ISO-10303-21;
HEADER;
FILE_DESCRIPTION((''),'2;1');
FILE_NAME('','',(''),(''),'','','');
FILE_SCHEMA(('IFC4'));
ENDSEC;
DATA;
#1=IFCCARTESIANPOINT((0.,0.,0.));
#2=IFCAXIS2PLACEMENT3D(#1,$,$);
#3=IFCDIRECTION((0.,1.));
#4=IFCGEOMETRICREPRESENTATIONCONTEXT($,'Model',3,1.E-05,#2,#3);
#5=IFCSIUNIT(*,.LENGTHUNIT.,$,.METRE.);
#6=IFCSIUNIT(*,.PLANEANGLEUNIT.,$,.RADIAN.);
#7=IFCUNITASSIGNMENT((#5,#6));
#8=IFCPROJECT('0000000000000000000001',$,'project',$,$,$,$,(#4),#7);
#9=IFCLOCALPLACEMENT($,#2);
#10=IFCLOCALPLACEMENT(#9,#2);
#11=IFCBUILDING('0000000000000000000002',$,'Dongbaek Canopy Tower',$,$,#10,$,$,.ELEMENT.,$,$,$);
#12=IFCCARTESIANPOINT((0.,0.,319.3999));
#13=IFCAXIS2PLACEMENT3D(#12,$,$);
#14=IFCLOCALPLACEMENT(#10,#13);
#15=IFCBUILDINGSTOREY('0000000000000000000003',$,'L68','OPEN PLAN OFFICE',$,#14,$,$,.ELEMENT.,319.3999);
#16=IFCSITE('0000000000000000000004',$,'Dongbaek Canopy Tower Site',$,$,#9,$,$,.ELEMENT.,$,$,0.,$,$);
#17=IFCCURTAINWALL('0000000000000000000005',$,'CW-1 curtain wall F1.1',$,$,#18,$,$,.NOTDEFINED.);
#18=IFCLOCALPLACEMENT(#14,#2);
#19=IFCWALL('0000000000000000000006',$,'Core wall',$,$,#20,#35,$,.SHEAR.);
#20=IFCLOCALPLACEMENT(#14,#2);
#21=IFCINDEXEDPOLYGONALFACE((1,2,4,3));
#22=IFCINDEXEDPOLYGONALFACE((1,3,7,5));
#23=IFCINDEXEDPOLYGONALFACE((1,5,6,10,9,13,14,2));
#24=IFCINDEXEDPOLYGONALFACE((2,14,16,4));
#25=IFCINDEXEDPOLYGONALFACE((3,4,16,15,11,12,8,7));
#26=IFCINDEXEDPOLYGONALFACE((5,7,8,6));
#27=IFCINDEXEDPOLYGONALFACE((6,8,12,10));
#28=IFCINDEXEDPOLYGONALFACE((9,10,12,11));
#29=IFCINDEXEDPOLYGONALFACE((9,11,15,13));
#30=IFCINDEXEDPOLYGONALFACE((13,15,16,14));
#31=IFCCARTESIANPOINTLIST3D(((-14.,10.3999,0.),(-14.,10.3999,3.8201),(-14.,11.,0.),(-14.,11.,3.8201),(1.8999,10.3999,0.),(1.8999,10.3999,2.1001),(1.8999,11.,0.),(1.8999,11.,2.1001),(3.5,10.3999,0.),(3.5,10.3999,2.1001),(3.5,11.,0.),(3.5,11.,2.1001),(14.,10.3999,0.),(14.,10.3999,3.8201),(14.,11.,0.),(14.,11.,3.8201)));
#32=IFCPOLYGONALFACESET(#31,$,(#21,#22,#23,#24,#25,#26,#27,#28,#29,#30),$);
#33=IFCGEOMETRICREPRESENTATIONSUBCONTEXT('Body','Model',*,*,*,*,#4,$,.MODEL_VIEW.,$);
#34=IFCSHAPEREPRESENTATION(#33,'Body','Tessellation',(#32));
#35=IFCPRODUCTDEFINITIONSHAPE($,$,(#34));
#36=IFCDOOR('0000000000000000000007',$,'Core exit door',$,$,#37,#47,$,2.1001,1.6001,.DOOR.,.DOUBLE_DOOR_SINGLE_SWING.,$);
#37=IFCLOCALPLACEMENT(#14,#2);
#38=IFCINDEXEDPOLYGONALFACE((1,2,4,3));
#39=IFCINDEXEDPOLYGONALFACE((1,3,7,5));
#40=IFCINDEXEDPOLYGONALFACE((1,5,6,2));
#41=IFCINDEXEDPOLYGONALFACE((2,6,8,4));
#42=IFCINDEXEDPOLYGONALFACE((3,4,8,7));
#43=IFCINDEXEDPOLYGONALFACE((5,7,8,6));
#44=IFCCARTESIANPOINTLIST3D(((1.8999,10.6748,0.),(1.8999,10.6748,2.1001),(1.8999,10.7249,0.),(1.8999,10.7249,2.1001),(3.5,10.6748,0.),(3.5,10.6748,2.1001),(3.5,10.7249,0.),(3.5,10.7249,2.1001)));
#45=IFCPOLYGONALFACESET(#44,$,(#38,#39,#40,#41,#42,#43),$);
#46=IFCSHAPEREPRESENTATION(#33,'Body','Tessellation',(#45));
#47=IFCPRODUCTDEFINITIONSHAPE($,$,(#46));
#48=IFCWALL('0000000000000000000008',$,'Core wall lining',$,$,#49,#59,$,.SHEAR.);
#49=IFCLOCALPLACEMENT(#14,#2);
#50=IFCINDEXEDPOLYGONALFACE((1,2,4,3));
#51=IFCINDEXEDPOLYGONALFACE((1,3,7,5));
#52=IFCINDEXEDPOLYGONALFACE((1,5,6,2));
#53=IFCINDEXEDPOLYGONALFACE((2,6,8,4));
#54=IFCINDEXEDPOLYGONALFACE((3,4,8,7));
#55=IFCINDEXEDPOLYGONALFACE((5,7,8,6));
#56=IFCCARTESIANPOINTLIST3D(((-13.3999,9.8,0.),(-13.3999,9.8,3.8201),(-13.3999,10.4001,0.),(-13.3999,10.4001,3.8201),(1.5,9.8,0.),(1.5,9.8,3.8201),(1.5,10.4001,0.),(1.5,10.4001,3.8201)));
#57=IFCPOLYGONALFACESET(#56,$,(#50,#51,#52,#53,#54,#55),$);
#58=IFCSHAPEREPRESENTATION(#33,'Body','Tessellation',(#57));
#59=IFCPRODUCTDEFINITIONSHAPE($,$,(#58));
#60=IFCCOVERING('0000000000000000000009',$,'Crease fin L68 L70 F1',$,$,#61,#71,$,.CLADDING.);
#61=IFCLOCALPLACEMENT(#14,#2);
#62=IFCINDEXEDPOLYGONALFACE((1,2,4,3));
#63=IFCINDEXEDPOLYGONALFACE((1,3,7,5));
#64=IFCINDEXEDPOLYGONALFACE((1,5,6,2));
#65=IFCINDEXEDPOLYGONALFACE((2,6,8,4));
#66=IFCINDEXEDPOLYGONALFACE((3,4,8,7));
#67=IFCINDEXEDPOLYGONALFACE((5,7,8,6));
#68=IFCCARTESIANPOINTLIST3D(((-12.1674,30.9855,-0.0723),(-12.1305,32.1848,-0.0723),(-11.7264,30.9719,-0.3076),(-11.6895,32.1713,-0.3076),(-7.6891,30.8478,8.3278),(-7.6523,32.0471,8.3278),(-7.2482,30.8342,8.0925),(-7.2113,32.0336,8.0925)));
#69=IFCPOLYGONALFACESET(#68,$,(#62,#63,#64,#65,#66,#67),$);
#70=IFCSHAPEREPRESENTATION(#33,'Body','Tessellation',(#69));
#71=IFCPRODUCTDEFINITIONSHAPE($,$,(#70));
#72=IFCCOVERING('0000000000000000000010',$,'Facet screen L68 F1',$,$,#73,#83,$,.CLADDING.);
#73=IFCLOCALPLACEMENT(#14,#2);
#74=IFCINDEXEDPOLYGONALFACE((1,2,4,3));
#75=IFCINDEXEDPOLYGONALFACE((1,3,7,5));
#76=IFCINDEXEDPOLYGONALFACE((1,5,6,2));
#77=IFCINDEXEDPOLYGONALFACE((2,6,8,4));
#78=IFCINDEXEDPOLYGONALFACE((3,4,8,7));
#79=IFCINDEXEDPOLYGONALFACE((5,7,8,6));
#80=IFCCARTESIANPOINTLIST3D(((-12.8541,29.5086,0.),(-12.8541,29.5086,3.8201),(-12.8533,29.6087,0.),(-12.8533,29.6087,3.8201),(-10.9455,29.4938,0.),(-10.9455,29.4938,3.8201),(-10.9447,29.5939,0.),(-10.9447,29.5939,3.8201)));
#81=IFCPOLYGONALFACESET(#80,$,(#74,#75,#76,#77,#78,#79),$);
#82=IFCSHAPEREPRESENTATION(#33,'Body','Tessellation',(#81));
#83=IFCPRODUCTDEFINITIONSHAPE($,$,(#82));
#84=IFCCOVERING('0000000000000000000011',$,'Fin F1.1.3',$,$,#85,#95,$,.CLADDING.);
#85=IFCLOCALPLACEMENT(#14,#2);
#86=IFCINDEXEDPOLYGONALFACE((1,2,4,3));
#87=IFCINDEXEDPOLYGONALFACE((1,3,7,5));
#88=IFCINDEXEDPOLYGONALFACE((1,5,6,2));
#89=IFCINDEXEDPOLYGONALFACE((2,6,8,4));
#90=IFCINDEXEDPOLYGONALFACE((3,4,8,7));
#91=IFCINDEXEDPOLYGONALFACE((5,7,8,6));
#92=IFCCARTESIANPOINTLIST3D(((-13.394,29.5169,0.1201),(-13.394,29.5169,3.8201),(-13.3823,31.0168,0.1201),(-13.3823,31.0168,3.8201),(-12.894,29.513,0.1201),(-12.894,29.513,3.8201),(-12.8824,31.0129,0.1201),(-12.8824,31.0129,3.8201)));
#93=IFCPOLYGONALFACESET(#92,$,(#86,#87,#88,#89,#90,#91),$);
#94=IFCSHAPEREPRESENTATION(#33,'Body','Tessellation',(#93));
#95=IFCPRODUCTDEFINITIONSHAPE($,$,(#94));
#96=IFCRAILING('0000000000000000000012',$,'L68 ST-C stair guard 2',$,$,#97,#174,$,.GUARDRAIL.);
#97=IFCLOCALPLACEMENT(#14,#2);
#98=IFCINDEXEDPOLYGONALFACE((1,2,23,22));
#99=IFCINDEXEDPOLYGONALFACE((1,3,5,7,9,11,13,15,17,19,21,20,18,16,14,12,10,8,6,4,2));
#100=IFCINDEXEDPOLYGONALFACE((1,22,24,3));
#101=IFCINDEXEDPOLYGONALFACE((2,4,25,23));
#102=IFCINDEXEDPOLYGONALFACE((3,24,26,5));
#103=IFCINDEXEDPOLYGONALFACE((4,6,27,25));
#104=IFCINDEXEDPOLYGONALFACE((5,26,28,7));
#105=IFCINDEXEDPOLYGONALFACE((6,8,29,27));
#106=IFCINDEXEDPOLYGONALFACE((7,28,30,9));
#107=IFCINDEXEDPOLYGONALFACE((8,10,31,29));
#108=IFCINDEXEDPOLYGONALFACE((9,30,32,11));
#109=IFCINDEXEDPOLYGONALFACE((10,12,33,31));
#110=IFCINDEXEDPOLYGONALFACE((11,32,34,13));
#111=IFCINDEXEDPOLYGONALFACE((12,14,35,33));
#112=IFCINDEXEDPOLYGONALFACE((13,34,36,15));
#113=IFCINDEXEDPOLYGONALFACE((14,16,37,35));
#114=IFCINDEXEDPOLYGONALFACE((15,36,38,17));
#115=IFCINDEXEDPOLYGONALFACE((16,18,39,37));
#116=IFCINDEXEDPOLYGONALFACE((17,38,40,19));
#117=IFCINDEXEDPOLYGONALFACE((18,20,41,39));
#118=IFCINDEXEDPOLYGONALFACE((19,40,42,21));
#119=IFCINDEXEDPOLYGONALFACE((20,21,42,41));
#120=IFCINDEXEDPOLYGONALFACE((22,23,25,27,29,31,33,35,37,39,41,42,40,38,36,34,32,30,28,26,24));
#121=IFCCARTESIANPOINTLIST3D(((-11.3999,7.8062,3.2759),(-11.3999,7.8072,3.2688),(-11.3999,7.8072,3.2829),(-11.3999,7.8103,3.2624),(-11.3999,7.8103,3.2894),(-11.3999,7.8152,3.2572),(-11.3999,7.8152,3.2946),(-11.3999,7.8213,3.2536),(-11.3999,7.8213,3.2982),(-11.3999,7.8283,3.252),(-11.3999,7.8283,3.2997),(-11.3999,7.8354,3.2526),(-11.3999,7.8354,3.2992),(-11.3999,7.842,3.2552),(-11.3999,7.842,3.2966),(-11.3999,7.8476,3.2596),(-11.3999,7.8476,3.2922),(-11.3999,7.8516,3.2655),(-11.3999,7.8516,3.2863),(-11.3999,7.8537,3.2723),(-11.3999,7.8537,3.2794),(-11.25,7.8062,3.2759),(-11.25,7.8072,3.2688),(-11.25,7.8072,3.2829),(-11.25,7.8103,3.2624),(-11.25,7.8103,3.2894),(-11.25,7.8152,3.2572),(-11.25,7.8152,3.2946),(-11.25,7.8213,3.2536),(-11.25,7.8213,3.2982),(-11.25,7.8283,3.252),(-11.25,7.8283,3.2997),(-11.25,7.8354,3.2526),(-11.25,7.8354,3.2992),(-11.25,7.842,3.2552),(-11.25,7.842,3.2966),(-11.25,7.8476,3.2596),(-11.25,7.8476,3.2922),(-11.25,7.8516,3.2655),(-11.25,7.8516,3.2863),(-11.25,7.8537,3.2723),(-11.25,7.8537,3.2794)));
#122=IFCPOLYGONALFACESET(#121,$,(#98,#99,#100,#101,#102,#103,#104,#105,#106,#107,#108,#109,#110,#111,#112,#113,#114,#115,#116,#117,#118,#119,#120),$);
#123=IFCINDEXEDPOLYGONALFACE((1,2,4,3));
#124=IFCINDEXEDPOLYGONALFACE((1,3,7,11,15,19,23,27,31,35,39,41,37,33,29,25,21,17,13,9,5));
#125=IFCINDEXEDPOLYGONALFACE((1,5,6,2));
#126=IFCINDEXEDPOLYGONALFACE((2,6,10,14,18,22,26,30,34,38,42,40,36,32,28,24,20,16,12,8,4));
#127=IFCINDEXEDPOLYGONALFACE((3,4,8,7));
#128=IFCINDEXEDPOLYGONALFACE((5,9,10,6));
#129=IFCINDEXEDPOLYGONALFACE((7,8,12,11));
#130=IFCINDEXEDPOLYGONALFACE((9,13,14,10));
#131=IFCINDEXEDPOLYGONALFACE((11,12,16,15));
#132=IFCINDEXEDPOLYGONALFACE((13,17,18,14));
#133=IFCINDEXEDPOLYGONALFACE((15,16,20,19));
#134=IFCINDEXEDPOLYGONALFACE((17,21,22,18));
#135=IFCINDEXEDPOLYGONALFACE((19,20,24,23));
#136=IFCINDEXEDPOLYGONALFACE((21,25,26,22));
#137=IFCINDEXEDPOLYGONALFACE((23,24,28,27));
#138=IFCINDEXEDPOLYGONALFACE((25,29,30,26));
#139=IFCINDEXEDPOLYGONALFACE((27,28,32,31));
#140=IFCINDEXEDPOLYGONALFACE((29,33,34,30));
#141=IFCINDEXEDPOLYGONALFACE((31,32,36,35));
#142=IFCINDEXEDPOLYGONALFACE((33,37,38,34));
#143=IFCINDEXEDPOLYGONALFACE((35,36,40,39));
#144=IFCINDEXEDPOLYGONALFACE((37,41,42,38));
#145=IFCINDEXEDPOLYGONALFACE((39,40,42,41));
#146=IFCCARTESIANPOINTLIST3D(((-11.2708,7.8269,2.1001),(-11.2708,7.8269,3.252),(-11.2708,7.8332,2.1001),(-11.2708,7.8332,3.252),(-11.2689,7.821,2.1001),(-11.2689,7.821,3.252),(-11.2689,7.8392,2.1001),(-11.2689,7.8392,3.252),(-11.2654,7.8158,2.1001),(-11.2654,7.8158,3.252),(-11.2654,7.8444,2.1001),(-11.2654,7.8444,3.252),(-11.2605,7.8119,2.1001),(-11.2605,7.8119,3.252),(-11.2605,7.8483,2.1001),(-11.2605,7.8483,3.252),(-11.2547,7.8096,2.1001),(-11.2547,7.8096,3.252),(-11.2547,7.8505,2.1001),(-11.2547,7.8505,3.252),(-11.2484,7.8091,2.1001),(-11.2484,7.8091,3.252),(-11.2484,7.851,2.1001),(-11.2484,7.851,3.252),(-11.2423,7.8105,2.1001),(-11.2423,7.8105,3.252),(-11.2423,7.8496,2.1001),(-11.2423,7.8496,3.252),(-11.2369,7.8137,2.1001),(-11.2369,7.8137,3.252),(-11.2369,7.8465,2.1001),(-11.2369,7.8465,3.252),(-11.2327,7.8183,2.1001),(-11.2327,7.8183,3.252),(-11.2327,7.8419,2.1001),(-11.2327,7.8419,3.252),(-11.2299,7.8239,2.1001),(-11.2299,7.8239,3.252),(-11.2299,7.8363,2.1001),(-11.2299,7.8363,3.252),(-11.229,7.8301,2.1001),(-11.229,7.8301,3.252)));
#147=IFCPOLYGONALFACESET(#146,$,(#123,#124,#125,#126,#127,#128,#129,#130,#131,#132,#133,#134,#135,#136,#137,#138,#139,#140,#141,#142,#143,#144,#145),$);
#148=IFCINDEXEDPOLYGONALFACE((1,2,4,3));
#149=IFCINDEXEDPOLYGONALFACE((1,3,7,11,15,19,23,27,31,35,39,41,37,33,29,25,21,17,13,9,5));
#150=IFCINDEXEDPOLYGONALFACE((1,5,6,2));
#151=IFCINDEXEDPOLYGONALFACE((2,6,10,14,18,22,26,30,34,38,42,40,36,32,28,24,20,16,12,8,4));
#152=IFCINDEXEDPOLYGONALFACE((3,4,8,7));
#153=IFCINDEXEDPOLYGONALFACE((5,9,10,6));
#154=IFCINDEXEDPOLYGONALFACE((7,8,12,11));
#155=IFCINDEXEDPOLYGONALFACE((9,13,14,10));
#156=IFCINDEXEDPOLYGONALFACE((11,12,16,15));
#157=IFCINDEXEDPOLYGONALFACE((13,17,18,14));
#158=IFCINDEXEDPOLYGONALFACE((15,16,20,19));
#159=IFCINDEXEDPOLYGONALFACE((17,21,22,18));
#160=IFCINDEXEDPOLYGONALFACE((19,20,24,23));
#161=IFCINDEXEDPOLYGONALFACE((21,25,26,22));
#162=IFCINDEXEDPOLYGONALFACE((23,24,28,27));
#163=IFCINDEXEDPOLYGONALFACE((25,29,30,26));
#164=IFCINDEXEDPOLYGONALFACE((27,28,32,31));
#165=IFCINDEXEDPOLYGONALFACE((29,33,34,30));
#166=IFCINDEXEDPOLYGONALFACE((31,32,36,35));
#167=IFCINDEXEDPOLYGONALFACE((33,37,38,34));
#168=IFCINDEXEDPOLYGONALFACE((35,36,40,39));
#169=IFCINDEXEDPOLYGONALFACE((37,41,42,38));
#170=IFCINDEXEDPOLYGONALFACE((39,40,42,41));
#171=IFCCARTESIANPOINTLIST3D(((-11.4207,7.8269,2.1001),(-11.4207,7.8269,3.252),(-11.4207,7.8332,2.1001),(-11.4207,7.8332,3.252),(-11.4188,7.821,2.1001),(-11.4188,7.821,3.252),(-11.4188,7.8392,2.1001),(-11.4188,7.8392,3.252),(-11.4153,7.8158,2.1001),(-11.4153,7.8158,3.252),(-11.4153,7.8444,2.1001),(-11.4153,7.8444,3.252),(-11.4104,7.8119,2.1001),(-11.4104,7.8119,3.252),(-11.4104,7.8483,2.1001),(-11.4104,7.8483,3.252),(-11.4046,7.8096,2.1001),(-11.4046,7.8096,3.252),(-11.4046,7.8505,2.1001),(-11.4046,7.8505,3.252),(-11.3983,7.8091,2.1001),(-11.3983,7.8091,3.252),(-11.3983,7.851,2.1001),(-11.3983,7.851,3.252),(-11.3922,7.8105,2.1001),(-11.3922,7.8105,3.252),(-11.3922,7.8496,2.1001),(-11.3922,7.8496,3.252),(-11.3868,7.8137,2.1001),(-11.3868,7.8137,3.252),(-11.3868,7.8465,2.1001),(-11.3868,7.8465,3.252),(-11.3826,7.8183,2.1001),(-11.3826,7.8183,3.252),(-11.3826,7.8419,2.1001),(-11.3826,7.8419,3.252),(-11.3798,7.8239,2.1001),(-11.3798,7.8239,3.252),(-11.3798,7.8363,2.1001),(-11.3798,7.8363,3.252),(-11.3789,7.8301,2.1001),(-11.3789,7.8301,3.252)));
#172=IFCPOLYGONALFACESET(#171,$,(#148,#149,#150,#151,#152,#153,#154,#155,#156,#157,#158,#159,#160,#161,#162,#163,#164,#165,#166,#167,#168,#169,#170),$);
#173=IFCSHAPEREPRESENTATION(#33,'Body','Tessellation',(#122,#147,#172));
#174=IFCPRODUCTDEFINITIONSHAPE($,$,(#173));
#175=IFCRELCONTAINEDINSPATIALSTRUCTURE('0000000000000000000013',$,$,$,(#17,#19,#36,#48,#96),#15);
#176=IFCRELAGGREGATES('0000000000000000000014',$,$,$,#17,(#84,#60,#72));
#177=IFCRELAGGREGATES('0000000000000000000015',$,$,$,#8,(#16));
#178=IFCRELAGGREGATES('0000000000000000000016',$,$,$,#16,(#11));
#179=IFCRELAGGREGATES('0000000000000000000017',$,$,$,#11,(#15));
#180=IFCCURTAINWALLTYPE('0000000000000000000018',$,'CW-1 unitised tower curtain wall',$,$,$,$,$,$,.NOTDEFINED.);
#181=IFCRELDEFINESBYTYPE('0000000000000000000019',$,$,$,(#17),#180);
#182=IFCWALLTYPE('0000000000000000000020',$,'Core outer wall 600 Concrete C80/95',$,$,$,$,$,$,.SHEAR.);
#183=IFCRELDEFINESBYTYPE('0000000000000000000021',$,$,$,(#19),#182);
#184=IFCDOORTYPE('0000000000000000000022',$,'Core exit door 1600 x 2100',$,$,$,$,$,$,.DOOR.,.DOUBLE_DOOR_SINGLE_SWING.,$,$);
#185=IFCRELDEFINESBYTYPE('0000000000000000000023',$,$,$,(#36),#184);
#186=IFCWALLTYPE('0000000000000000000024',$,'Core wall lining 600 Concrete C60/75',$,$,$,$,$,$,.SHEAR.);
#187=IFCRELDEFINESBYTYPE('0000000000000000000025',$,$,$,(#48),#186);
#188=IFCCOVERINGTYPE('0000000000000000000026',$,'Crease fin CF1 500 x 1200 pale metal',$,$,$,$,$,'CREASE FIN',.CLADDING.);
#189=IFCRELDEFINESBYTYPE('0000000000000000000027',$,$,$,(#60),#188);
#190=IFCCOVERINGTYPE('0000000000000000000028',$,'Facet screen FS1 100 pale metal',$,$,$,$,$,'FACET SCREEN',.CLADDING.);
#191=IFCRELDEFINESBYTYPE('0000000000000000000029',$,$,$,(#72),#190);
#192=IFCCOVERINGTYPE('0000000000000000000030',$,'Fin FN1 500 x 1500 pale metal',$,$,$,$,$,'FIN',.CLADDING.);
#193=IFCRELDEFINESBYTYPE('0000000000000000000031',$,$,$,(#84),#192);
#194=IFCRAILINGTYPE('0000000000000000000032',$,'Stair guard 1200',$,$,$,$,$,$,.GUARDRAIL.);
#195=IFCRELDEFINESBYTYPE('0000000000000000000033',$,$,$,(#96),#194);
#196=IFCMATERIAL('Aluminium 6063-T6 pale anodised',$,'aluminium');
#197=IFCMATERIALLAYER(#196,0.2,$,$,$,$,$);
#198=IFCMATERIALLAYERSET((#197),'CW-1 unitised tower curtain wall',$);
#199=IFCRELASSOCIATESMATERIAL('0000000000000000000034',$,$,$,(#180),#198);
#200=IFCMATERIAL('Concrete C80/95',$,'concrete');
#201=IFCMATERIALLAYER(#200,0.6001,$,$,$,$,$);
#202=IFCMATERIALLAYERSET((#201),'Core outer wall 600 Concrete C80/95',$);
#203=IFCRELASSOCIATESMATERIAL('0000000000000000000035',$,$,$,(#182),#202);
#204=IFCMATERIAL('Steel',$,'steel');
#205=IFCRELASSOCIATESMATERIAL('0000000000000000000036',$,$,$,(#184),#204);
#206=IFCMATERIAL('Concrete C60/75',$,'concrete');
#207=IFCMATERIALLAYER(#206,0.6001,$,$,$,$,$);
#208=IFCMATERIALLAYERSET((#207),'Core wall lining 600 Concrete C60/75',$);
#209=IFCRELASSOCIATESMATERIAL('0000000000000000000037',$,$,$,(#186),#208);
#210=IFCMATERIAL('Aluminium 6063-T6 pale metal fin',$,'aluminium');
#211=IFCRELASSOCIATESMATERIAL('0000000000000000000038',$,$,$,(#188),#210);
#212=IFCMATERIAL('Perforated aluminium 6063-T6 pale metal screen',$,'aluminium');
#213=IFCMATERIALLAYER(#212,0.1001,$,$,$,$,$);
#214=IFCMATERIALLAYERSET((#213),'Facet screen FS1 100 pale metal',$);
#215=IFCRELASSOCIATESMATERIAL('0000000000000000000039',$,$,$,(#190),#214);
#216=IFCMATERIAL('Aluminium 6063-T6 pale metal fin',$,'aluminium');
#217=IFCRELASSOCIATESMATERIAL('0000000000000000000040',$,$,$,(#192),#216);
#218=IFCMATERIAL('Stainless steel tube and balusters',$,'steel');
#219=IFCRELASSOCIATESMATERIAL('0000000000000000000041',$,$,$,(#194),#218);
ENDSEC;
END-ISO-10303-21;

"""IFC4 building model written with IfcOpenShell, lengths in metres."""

from ifc_helpers import new_model, si_unit, direction, frame, frame_2d, origin, origin_2d, place, context, subcontext, project, spatial, rectangle, circle, extrude, material, layer, layer_set, material_profile, profile_set, type_object, element, fill, aggregate, save


model = new_model("IFC4")

# Units and contexts
model_context = context("Model", 3, precision=1e-05, world=origin(), true_north=direction((0.0, 1.0)))
body_context = subcontext(model_context, "Body", "Model", "MODEL_VIEW")
ifc_project = project(units=[si_unit("LENGTHUNIT", "METRE"), si_unit("PLANEANGLEUNIT", "RADIAN")], contexts=[model_context])

# Site, building, storey
site_placement = place(None, origin())
site = spatial("IfcSite", under=ifc_project, at=site_placement, Name="Dongbaek Canopy Tower Site", CompositionType="ELEMENT", RefElevation=0.0)
building_placement = place(site_placement, origin())
building = spatial("IfcBuilding", under=site, at=building_placement, Name="Dongbaek Canopy Tower", CompositionType="ELEMENT")
storey_placement = place(building_placement, frame((0.0, 0.0, 319.3999)))
storey = spatial("IfcBuildingStorey", under=building, at=storey_placement, Name="L68", Description="OPEN PLAN OFFICE", CompositionType="ELEMENT", Elevation=319.3999)

# Curtain wall
ifc_material_1 = material(Name="Aluminium 6063-T6 pale anodised", Category="aluminium")
ifc_layer_1 = layer(ifc_material_1, 0.2)
ifc_layer_set_1 = layer_set([ifc_layer_1], Name="CW-1 unitised tower curtain wall")
curtain_wall_type = type_object("IfcCurtainWallType", Name="CW-1 unitised tower curtain wall", PredefinedType="NOTDEFINED", material=ifc_layer_set_1)
curtain_wall_1_placement = place(storey_placement, origin())
curtain_wall_1 = element("IfcCurtainWall", 1, at=curtain_wall_1_placement, inside=storey, type_object=curtain_wall_type, Name="CW-1 curtain wall F1.1", PredefinedType="NOTDEFINED")

# Wall, opening, door
ifc_material_2 = material(Name="Concrete C80/95", Category="concrete")
ifc_layer_2 = layer(ifc_material_2, 0.6001)
ifc_layer_set_2 = layer_set([ifc_layer_2], Name="Core outer wall 600 Concrete C80/95")
wall_type_1 = type_object("IfcWallType", Name="Core outer wall 600 Concrete C80/95", PredefinedType="SHEAR", material=ifc_layer_set_2)
wall_1_placement = place(storey_placement, frame((-14.0, 10.7, 0.0), z_axis=(0.0, 0.0, 1.0), x_axis=(1.0, 0.0, 0.0)))
wall_1 = element("IfcWall", 2, at=wall_1_placement, inside=storey, type_object=wall_type_1, Name="Core wall", PredefinedType="SHEAR", context=body_context, shape_type="SweptSolid", body=[
    extrude(rectangle(XDim=28.0, YDim=0.6001, at=frame_2d((14.0, 0.0))), origin(), (0.0, 0.0, 1.0), 3.8201),
])
opening_placement = place(wall_1_placement, frame((15.8999, 0.0, 0.0)))
opening = element("IfcOpeningElement", 3, at=opening_placement, cuts=wall_1, PredefinedType="OPENING", context=body_context, shape_type="SweptSolid", body=[
    extrude(rectangle(XDim=1.6001, YDim=2.1001, at=frame_2d((0.8, 1.05))), frame((0.0, 0.3101, 0.0), z_axis=(0.0, -1.0, 0.0), x_axis=(1.0, 0.0, 0.0)), (0.0, 0.0, 1.0), 0.6201),
])
ifc_material_3 = material(Name="Steel", Category="steel")
door_type = type_object("IfcDoorType", Name="Core exit door 1600 x 2100", OperationType="DOUBLE_DOOR_SINGLE_SWING", PredefinedType="DOOR", material=ifc_material_3)
door_placement = place(opening_placement, origin())
door = element("IfcDoor", 4, at=door_placement, inside=storey, type_object=door_type, Name="Core exit door", OperationType="DOUBLE_DOOR_SINGLE_SWING", OverallHeight=2.1001, OverallWidth=1.6001, PredefinedType="DOOR", context=body_context, shape_type="SweptSolid", body=[
    extrude(rectangle(XDim=1.6001, YDim=2.1001, at=frame_2d((0.8, 1.05))), frame((0.0, 0.0249, 0.0), z_axis=(0.0, -1.0, 0.0), x_axis=(1.0, 0.0, 0.0)), (0.0, 0.0, 1.0), 0.05),
])
fill(opening, door)

# Wall
ifc_material_4 = material(Name="Concrete C60/75", Category="concrete")
ifc_layer_3 = layer(ifc_material_4, 0.6001)
ifc_layer_set_3 = layer_set([ifc_layer_3], Name="Core wall lining 600 Concrete C60/75")
wall_type_2 = type_object("IfcWallType", Name="Core wall lining 600 Concrete C60/75", PredefinedType="SHEAR", material=ifc_layer_set_3)
wall_2_placement = place(storey_placement, frame((-13.3999, 10.1001, 0.0), z_axis=(0.0, 0.0, 1.0), x_axis=(1.0, 0.0, 0.0)))
element("IfcWall", 5, at=wall_2_placement, inside=storey, type_object=wall_type_2, Name="Core wall lining", PredefinedType="SHEAR", context=body_context, shape_type="SweptSolid", body=[
    extrude(rectangle(XDim=14.8999, YDim=0.6001, at=frame_2d((7.45, 0.0))), origin(), (0.0, 0.0, 1.0), 3.8201),
])

# Coverings
ifc_material_5 = material(Name="Aluminium 6063-T6 pale metal fin", Category="aluminium")
ifc_material_profile_1 = material_profile(ifc_material_5, rectangle(XDim=1.2, YDim=0.5, at=origin_2d()), Name="Crease fin CF1 500 x 1200 pale metal")
ifc_profile_set_1 = profile_set([ifc_material_profile_1], Name="Aluminium 6063-T6 pale metal fin")
covering_type_1 = type_object("IfcCoveringType", Name="Crease fin CF1 500 x 1200 pale metal", ElementType="CREASE FIN", PredefinedType="CLADDING", material=ifc_profile_set_1)
covering_1_placement = place(storey_placement, frame((-11.9285, 31.5784, -0.1899), z_axis=(0.470391, -0.014463, 0.882339), x_axis=(0.030733, 0.999528, 0.0)))
covering_1 = element("IfcCovering", 6, at=covering_1_placement, type_object=covering_type_1, Name="Crease fin L68 L70 F1", PredefinedType="CLADDING", context=body_context, shape_type="SweptSolid", body=[
    extrude(rectangle(XDim=1.2, YDim=0.5, at=origin_2d()), origin(), (0.0, 0.0, 1.0), 9.5203),
])
ifc_material_6 = material(Name="Perforated aluminium 6063-T6 pale metal screen", Category="aluminium")
ifc_layer_4 = layer(ifc_material_6, 0.1001)
ifc_layer_set_4 = layer_set([ifc_layer_4], Name="Facet screen FS1 100 pale metal")
covering_type_2 = type_object("IfcCoveringType", Name="Facet screen FS1 100 pale metal", ElementType="FACET SCREEN", PredefinedType="CLADDING", material=ifc_layer_set_4)
covering_2_placement = place(storey_placement, frame((-11.8994, 29.5513, 0.0), z_axis=(0.0, 0.0, 1.0), x_axis=(-0.99997, 0.007782, 0.0)))
covering_2 = element("IfcCovering", 7, at=covering_2_placement, type_object=covering_type_2, Name="Facet screen L68 F1", PredefinedType="CLADDING", context=body_context, shape_type="SweptSolid", body=[
    extrude(rectangle(XDim=1.9087, YDim=0.1001, at=origin_2d()), origin(), (0.0, 0.0, 1.0), 3.8201),
])
ifc_material_7 = material(Name="Aluminium 6063-T6 pale metal fin", Category="aluminium")
ifc_material_profile_2 = material_profile(ifc_material_7, rectangle(XDim=1.5, YDim=0.5, at=origin_2d()), Name="Fin FN1 500 x 1500 pale metal")
ifc_profile_set_2 = profile_set([ifc_material_profile_2], Name="Aluminium 6063-T6 pale metal fin")
covering_type_3 = type_object("IfcCoveringType", Name="Fin FN1 500 x 1500 pale metal", ElementType="FIN", PredefinedType="CLADDING", material=ifc_profile_set_2)
covering_3_placement = place(storey_placement, frame((-13.1382, 30.2649, 0.1201), z_axis=(0.0, 0.0, 1.0), x_axis=(0.007782, 0.99997, 0.0)))
covering_3 = element("IfcCovering", 8, at=covering_3_placement, type_object=covering_type_3, Name="Fin F1.1.3", PredefinedType="CLADDING", context=body_context, shape_type="SweptSolid", body=[
    extrude(rectangle(XDim=1.5, YDim=0.5, at=origin_2d()), origin(), (0.0, 0.0, 1.0), 3.7),
])
aggregate(curtain_wall_1, [covering_3, covering_1, covering_2])

# Railing
ifc_material_8 = material(Name="Stainless steel tube and balusters", Category="steel")
railing_type = type_object("IfcRailingType", Name="Stair guard 1200", PredefinedType="GUARDRAIL", material=ifc_material_8)
railing_1_placement = place(storey_placement, frame((-11.25, 7.8301, 2.1001)))
element("IfcRailing", 9, at=railing_1_placement, inside=storey, type_object=railing_type, Name="L68 ST-C stair guard 2", PredefinedType="GUARDRAIL", context=body_context, shape_type="SweptSolid", body=[
    extrude(circle(Radius=0.0239, at=origin_2d()), frame((0.0, 0.0, 1.1758), z_axis=(-1.0, 0.0, 0.0), x_axis=(0.0, -1.0, 0.0)), (0.0, 0.0, 1.0), 0.1499),
    extrude(circle(Radius=0.021, at=origin_2d()), origin(), (0.0, 0.0, 1.0), 1.1519),
    extrude(circle(Radius=0.021, at=origin_2d()), frame((-0.1499, 0.0, 0.0)), (0.0, 0.0, 1.0), 1.1519),
])

save(model, "model.ifc")
